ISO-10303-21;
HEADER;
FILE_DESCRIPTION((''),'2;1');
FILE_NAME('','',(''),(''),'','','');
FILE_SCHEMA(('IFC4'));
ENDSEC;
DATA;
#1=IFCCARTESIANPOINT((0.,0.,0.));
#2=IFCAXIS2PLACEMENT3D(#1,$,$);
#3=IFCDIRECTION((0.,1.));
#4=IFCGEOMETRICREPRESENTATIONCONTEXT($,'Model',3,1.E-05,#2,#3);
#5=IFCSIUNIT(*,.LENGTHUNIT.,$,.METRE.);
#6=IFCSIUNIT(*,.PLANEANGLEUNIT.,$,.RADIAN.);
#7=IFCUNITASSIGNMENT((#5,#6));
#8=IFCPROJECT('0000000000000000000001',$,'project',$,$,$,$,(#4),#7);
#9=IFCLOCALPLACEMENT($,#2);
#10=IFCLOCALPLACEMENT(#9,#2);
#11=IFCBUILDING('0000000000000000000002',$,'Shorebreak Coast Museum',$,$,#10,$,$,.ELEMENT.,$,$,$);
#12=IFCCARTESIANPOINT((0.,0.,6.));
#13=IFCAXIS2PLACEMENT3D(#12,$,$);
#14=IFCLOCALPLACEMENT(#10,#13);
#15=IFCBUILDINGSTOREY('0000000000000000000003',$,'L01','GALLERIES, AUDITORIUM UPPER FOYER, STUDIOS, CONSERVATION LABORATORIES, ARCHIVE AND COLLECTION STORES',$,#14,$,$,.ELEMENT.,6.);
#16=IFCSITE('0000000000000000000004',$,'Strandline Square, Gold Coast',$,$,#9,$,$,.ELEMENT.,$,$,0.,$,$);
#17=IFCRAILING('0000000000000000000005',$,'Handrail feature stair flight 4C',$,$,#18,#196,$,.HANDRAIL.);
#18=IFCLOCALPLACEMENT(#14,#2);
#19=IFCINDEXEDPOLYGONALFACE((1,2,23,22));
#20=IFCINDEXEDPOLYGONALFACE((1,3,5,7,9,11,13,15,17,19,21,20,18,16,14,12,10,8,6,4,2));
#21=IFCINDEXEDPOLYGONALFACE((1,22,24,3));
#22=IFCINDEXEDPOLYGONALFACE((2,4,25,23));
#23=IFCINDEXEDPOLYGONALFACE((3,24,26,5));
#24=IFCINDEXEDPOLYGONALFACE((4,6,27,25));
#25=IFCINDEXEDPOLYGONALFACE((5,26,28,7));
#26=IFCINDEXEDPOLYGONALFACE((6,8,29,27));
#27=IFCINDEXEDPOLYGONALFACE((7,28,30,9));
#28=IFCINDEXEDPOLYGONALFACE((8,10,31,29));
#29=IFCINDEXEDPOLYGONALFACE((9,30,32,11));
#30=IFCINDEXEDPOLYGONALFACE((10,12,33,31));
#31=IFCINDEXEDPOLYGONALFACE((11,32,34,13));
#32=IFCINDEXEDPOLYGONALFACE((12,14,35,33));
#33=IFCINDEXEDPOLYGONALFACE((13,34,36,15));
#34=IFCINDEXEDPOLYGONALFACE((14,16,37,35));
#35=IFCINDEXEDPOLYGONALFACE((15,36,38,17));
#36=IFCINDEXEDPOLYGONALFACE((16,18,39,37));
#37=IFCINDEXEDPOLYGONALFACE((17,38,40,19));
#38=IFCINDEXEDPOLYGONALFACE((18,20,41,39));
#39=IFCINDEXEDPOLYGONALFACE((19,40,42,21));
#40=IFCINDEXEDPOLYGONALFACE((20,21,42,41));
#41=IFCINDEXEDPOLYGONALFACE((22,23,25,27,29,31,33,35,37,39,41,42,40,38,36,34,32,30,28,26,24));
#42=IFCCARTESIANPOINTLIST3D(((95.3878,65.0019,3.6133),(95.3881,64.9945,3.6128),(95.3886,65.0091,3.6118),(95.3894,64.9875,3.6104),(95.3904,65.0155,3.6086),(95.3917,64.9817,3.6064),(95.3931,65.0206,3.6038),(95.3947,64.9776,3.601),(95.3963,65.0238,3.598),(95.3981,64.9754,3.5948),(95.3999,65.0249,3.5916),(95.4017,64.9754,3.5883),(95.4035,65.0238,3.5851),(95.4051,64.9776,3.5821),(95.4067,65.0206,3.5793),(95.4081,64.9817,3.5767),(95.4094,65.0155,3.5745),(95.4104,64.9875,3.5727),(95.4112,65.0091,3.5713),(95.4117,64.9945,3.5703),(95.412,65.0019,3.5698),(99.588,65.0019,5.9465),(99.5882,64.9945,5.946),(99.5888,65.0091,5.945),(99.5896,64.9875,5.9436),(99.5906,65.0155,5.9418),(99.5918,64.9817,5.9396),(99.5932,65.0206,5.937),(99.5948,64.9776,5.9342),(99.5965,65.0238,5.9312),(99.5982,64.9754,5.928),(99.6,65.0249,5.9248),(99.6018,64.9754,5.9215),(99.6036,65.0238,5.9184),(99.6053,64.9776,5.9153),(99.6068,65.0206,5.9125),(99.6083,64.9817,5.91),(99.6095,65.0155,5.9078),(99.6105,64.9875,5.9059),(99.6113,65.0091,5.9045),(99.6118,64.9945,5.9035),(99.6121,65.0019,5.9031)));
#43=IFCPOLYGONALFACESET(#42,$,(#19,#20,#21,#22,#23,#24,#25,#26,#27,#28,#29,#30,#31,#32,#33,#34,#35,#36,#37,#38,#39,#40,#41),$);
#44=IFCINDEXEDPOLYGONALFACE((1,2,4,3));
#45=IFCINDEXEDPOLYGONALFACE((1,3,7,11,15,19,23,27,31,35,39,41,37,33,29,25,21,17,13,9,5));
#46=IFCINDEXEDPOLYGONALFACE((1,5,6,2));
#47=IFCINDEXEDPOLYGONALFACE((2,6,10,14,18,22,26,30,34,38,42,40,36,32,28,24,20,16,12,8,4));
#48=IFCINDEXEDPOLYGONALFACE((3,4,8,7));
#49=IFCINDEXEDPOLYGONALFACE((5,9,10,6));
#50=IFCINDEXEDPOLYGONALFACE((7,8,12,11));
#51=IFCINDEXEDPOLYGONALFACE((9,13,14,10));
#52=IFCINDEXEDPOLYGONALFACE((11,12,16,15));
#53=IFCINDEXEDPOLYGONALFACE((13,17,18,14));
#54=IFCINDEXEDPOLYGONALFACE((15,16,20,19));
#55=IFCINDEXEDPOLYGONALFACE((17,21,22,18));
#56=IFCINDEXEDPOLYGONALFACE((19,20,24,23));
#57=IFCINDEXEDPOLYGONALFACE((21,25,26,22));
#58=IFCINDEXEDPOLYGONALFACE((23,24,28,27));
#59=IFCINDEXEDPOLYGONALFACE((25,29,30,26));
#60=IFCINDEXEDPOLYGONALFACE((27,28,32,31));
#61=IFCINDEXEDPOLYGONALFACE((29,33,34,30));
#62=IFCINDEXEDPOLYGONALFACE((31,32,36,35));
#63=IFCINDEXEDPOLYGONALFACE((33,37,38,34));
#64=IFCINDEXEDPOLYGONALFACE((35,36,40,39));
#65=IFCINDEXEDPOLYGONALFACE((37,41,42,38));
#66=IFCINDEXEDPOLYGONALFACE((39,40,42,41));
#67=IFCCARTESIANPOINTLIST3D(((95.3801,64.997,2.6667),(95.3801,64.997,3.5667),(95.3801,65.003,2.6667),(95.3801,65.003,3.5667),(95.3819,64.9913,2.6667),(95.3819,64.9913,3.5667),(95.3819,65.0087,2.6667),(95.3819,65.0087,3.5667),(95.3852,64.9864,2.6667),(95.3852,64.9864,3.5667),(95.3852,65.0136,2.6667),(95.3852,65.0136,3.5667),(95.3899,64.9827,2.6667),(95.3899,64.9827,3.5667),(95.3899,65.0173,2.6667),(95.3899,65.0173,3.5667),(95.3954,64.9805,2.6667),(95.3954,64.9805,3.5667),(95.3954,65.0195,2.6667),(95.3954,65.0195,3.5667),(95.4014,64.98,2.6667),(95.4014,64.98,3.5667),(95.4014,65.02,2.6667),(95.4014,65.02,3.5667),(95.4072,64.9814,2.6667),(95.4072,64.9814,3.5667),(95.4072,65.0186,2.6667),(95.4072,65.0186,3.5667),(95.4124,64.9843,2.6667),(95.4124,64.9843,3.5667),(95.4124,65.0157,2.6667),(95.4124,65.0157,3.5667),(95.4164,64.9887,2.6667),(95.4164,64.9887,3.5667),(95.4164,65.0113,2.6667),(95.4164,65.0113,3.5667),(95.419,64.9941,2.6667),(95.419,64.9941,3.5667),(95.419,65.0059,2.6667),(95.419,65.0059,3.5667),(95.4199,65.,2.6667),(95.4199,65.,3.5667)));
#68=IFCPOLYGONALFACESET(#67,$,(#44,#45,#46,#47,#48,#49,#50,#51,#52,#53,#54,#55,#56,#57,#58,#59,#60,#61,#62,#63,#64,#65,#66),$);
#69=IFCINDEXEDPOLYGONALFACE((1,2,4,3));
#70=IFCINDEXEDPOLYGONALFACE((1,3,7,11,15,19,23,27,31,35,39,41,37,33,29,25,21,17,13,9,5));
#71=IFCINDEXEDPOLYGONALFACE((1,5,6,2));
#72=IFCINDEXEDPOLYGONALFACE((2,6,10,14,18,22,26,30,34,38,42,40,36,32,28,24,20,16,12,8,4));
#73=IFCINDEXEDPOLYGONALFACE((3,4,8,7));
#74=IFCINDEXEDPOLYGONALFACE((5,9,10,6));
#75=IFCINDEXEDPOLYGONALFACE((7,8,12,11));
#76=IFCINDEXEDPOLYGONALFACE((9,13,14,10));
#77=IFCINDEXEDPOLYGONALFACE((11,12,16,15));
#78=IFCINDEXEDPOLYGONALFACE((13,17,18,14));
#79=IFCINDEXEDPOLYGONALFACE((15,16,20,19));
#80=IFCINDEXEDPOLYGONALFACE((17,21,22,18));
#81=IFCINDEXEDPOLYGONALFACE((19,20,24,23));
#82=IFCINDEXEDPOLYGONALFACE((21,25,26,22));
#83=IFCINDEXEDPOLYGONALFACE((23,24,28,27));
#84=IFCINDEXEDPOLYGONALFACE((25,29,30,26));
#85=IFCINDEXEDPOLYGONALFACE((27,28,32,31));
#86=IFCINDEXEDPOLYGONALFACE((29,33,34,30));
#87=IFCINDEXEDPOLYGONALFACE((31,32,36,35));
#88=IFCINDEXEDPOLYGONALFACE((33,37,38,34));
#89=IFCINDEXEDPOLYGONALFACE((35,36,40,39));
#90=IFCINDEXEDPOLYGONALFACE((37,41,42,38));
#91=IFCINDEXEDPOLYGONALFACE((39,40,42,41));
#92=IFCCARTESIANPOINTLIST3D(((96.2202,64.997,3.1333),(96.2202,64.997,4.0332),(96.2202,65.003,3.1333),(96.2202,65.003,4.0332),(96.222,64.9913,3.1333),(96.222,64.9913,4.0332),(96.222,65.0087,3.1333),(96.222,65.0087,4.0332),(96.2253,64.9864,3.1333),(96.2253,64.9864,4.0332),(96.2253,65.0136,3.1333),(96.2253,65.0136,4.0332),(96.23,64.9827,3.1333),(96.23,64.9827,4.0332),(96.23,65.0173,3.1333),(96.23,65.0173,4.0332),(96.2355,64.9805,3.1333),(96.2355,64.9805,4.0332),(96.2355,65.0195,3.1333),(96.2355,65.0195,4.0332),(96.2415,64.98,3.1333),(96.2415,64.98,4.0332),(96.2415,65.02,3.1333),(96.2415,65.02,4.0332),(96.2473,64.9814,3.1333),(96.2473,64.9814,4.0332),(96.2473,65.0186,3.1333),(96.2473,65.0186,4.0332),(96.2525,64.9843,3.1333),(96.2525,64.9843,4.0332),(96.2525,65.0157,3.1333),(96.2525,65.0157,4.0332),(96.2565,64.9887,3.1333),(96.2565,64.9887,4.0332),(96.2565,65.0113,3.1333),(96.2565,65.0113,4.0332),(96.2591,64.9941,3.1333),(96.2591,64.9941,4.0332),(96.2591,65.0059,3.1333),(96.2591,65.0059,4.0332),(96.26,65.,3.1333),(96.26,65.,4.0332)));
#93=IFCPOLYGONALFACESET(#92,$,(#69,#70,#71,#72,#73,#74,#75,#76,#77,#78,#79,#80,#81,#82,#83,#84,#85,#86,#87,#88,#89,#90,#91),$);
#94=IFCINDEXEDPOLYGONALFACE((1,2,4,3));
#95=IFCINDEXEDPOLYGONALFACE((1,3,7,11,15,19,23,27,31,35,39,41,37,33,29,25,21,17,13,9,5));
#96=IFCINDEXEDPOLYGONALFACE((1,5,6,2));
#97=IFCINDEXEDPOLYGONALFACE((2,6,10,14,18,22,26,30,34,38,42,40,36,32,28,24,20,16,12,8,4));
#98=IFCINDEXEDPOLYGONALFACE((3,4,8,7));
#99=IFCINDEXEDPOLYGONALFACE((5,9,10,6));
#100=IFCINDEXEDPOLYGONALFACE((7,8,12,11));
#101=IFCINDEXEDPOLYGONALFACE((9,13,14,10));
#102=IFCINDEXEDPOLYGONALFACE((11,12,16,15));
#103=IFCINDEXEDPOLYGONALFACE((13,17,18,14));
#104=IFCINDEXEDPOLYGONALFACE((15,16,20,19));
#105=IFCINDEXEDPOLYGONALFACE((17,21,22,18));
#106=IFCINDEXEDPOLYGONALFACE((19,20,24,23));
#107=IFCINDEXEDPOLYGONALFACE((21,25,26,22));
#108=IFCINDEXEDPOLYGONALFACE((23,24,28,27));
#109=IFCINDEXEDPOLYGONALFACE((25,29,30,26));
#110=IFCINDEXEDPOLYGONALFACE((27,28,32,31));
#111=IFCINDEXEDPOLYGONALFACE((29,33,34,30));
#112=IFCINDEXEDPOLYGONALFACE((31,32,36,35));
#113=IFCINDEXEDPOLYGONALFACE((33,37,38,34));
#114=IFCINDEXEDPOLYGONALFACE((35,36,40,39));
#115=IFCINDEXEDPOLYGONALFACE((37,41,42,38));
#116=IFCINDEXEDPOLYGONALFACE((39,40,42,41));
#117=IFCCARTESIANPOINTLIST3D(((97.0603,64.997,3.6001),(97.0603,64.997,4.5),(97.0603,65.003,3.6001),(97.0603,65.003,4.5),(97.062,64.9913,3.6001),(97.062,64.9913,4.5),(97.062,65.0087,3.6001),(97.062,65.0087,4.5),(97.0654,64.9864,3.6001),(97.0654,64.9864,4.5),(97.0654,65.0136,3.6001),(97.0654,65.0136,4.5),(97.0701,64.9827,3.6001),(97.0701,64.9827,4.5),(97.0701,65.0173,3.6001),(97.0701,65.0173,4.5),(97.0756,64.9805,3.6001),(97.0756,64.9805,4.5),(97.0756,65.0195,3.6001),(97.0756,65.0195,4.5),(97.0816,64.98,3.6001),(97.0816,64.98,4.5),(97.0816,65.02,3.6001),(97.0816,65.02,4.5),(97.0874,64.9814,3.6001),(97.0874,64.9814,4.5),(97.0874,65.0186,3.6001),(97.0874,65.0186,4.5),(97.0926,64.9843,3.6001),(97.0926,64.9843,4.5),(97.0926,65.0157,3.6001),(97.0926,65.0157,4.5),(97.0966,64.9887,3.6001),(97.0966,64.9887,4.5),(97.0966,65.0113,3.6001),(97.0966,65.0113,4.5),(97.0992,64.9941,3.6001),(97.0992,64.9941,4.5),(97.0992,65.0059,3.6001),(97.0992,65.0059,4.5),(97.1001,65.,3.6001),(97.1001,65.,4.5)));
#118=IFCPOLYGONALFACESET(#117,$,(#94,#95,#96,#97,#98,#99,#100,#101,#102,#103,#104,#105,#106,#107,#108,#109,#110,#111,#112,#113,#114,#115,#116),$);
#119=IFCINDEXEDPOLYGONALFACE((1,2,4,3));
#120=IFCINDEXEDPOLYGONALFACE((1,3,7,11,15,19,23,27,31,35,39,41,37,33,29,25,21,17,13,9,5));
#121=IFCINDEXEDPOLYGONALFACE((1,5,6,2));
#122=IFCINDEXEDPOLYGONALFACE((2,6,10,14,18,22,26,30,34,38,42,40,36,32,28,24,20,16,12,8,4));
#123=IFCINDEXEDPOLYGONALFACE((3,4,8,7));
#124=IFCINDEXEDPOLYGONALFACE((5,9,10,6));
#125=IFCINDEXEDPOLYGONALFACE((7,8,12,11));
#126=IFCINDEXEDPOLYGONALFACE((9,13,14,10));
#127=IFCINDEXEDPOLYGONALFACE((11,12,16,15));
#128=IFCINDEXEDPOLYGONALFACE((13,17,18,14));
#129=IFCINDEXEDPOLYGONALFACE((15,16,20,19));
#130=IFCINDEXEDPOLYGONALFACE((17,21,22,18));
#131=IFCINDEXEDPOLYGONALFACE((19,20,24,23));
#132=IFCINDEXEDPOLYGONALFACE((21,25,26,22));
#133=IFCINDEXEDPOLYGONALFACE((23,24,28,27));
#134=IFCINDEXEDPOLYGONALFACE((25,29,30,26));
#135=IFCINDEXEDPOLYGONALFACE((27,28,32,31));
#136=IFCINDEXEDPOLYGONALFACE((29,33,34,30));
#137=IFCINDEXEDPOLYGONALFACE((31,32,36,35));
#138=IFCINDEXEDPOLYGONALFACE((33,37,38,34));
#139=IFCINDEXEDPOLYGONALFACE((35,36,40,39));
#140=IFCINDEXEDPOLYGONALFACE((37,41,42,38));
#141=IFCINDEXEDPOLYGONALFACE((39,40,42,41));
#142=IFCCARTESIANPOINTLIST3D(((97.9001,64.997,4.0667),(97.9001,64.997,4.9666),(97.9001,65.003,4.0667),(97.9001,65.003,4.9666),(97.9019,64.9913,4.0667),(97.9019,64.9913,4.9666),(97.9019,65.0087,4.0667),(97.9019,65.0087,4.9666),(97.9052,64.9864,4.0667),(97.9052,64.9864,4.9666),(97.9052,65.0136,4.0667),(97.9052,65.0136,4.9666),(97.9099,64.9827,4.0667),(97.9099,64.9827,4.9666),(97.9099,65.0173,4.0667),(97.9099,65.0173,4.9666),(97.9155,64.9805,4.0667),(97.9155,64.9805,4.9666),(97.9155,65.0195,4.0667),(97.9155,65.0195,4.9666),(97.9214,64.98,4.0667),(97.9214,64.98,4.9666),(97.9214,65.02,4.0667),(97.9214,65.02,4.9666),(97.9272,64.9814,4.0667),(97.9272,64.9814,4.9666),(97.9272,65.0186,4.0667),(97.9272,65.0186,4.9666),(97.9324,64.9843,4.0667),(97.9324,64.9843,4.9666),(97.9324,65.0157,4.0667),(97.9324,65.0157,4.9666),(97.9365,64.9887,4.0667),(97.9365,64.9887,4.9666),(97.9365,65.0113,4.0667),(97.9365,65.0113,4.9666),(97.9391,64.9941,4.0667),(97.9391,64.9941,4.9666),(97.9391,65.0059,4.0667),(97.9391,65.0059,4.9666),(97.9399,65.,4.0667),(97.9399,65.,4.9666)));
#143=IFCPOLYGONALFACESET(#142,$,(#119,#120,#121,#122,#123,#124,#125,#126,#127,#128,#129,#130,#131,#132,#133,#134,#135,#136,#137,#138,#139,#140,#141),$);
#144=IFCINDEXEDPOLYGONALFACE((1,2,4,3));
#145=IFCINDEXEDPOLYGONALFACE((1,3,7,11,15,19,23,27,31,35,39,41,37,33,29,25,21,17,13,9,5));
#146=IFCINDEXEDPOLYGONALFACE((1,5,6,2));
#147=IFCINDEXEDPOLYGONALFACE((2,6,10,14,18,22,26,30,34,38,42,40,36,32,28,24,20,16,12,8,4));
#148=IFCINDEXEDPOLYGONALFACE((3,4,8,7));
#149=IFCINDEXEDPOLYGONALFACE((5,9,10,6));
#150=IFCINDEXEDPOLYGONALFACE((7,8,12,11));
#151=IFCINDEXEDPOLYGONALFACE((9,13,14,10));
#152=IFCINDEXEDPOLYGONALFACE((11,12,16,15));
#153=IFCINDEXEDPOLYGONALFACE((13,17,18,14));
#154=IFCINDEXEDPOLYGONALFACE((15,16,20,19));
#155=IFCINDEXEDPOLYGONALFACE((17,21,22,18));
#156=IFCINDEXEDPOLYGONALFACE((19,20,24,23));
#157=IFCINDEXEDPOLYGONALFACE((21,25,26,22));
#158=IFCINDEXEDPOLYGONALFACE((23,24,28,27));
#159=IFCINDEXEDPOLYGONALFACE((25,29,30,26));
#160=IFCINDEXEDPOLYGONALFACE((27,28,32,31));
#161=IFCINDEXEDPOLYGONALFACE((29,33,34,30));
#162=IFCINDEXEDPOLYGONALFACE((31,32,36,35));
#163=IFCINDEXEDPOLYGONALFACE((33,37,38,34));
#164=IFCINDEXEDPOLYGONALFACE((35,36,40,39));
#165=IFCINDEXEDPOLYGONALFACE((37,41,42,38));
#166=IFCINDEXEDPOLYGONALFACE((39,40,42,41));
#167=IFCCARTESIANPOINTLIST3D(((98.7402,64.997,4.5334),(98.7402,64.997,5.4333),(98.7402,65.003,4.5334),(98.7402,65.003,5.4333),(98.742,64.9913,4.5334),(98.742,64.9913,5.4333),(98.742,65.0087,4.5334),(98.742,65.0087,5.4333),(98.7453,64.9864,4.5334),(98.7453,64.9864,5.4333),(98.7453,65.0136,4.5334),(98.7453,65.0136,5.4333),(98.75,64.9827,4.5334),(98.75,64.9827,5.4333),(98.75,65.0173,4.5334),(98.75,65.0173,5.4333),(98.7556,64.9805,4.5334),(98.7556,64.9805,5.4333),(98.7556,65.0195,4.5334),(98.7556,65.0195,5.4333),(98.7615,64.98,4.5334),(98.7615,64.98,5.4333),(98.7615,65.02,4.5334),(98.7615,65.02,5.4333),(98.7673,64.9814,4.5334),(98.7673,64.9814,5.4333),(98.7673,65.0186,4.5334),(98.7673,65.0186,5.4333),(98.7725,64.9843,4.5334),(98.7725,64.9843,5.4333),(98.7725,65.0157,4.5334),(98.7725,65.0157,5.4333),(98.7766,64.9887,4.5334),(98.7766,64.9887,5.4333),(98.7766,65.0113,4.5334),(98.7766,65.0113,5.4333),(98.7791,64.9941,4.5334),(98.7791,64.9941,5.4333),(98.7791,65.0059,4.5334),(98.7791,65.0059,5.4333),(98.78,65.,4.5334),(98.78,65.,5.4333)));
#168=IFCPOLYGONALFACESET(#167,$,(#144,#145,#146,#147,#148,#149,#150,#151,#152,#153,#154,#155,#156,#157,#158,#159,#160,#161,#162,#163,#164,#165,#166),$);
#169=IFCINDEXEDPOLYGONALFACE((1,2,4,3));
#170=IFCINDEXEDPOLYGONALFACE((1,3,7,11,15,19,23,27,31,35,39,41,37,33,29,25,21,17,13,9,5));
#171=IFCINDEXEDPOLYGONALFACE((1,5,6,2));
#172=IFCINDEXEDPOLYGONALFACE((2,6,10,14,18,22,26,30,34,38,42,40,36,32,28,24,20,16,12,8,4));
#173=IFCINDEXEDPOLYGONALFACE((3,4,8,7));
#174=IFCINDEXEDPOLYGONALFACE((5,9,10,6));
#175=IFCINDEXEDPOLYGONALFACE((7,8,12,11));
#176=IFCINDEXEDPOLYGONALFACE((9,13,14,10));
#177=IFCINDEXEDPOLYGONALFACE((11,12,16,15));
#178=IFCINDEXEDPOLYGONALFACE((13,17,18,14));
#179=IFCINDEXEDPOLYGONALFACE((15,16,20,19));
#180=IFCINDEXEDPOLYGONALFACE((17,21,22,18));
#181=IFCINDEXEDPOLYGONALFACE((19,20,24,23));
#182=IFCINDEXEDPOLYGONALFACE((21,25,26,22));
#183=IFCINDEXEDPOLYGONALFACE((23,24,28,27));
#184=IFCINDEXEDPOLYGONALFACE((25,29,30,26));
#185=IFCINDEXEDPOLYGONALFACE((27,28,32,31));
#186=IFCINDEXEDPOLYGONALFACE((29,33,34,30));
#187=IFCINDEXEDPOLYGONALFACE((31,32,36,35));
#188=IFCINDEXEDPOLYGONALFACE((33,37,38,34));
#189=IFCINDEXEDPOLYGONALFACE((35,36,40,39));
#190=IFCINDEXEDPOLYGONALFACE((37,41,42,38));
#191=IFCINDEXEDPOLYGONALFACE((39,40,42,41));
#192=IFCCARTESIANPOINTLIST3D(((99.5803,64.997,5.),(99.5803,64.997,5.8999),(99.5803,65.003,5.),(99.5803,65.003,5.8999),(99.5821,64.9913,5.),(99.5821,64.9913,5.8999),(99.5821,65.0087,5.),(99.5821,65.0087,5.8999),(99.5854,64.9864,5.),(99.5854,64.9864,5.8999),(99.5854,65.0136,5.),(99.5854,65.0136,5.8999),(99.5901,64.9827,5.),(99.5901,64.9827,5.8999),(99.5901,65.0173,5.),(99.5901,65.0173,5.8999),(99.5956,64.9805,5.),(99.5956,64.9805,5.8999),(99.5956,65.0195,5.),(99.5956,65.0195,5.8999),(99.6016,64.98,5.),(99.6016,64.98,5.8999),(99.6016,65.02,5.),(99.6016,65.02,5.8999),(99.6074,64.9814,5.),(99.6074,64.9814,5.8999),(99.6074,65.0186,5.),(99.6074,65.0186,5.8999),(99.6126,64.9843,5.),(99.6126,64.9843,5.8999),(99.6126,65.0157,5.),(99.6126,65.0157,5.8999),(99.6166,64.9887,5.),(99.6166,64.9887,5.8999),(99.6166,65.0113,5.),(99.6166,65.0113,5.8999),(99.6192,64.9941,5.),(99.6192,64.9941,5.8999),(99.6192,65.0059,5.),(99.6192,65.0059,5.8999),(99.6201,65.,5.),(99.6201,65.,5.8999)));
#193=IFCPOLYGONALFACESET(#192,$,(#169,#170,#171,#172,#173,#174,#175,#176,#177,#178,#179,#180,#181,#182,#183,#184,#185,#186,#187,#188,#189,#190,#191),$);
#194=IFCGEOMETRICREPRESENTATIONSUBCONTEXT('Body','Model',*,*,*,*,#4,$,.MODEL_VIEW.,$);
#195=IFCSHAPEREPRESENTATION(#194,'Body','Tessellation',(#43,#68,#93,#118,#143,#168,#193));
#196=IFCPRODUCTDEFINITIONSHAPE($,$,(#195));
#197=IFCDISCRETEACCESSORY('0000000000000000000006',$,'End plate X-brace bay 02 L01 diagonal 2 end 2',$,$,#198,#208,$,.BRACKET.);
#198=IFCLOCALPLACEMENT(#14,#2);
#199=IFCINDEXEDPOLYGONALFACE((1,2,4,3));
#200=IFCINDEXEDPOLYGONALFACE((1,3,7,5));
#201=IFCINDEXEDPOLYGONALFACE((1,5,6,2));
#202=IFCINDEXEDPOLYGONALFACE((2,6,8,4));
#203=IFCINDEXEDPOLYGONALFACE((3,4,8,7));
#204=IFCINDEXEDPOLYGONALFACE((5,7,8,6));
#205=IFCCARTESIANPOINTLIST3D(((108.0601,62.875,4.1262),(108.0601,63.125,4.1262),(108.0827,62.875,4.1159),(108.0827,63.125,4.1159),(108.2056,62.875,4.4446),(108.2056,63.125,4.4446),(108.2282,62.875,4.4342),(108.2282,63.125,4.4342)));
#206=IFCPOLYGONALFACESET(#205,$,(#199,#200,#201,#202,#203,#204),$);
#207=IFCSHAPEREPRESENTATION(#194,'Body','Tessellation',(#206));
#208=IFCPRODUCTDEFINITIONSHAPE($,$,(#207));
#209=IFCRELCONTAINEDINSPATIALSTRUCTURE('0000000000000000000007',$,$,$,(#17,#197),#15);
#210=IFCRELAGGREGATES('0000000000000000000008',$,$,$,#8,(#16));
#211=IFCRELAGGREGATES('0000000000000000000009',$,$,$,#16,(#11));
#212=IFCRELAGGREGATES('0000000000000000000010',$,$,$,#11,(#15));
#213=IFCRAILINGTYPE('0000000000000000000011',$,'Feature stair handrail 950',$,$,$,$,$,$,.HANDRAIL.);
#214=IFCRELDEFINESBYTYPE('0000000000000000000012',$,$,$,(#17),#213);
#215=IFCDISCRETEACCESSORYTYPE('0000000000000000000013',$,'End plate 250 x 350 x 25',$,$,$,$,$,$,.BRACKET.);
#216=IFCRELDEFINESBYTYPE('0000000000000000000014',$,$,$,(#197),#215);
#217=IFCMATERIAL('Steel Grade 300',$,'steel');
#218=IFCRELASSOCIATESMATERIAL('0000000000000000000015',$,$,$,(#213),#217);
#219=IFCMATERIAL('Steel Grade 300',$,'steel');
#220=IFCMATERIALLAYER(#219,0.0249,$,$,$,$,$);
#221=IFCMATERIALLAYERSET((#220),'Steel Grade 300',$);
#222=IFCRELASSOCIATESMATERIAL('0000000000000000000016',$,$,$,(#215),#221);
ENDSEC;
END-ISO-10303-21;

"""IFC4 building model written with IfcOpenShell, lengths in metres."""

from ifc_helpers import new_model, si_unit, direction, frame, origin, origin_2d, place, context, subcontext, project, spatial, polyline, circle, outline, extrude, material, layer, layer_set, type_object, element, save


model = new_model("IFC4")

# Units and contexts
model_context = context("Model", 3, precision=1e-05, world=origin(), true_north=direction((0.0, 1.0)))
body_context = subcontext(model_context, "Body", "Model", "MODEL_VIEW")
ifc_project = project(units=[si_unit("LENGTHUNIT", "METRE"), si_unit("PLANEANGLEUNIT", "RADIAN")], contexts=[model_context])

# Site, building, storey
site_placement = place(None, origin())
site = spatial("IfcSite", under=ifc_project, at=site_placement, Name="Strandline Square, Gold Coast", CompositionType="ELEMENT", RefElevation=0.0)
building_placement = place(site_placement, origin())
building = spatial("IfcBuilding", under=site, at=building_placement, Name="Shorebreak Coast Museum", CompositionType="ELEMENT")
storey_placement = place(building_placement, frame((0.0, 0.0, 6.0)))
storey = spatial("IfcBuildingStorey", under=building, at=storey_placement, Name="L01", Description="GALLERIES, AUDITORIUM UPPER FOYER, STUDIOS, CONSERVATION LABORATORIES, ARCHIVE AND COLLECTION STORES", CompositionType="ELEMENT", Elevation=6.0)

# Railing
ifc_material_1 = material(Name="Steel Grade 300", Category="steel")
railing_type_1 = type_object("IfcRailingType", Name="Feature stair handrail 950", PredefinedType="HANDRAIL", material=ifc_material_1)
for number, where, name in (
    (1, (95.3999, 65.0, 2.6667), "Handrail feature stair flight 4C"),
):
    element("IfcRailing", number, at=place(storey_placement, frame(where)), inside=storey, type_object=railing_type_1, Name=name, PredefinedType="HANDRAIL", context=body_context, shape_type="SweptSolid", body=[
        extrude(circle(Radius=0.0249, at=origin_2d()), frame((0.0, 0.0, 0.9248), z_axis=(0.874174, 0.0, 0.485613), x_axis=(0.0, 1.0, 0.0)), (0.0, 0.0, 1.0), 4.8047),
        extrude(circle(Radius=0.02, at=origin_2d()), origin(), (0.0, 0.0, 1.0), 0.8999),
        extrude(circle(Radius=0.02, at=origin_2d()), frame((0.8401, 0.0, 0.4666)), (0.0, 0.0, 1.0), 0.8999),
        extrude(circle(Radius=0.02, at=origin_2d()), frame((1.6802, 0.0, 0.9333)), (0.0, 0.0, 1.0), 0.8999),
        extrude(circle(Radius=0.02, at=origin_2d()), frame((2.52, 0.0, 1.3999)), (0.0, 0.0, 1.0), 0.8999),
        extrude(circle(Radius=0.02, at=origin_2d()), frame((3.3601, 0.0, 1.8667)), (0.0, 0.0, 1.0), 0.8999),
        extrude(circle(Radius=0.02, at=origin_2d()), frame((4.2002, 0.0, 2.3333)), (0.0, 0.0, 1.0), 0.8999),
    ])

# Discrete accessory
ifc_material_2 = material(Name="Steel Grade 300", Category="steel")
ifc_layer_1 = layer(ifc_material_2, 0.0249)
ifc_layer_set_1 = layer_set([ifc_layer_1], Name="Steel Grade 300")
discrete_accessory_type = type_object("IfcDiscreteAccessoryType", Name="End plate 250 x 350 x 25", PredefinedType="BRACKET", material=ifc_layer_set_1)
discrete_accessory_placement = place(storey_placement, frame((108.0601, 63.125, 4.1262), z_axis=(-0.909505, 0.0, 0.415694), x_axis=(0.0, -1.0, 0.0)))
element("IfcDiscreteAccessory", 2, at=discrete_accessory_placement, inside=storey, type_object=discrete_accessory_type, Name="End plate X-brace bay 02 L01 diagonal 2 end 2", PredefinedType="BRACKET", context=body_context, shape_type="SweptSolid", body=[
    extrude(outline(polyline([(0.0, 0.0), (0.25, 0.0), (0.25, 0.35), (0.0, 0.35), (0.0, 0.0)])), origin(), (0.0, 0.0, -1.0), 0.0249),
])

save(model, "model.ifc")
